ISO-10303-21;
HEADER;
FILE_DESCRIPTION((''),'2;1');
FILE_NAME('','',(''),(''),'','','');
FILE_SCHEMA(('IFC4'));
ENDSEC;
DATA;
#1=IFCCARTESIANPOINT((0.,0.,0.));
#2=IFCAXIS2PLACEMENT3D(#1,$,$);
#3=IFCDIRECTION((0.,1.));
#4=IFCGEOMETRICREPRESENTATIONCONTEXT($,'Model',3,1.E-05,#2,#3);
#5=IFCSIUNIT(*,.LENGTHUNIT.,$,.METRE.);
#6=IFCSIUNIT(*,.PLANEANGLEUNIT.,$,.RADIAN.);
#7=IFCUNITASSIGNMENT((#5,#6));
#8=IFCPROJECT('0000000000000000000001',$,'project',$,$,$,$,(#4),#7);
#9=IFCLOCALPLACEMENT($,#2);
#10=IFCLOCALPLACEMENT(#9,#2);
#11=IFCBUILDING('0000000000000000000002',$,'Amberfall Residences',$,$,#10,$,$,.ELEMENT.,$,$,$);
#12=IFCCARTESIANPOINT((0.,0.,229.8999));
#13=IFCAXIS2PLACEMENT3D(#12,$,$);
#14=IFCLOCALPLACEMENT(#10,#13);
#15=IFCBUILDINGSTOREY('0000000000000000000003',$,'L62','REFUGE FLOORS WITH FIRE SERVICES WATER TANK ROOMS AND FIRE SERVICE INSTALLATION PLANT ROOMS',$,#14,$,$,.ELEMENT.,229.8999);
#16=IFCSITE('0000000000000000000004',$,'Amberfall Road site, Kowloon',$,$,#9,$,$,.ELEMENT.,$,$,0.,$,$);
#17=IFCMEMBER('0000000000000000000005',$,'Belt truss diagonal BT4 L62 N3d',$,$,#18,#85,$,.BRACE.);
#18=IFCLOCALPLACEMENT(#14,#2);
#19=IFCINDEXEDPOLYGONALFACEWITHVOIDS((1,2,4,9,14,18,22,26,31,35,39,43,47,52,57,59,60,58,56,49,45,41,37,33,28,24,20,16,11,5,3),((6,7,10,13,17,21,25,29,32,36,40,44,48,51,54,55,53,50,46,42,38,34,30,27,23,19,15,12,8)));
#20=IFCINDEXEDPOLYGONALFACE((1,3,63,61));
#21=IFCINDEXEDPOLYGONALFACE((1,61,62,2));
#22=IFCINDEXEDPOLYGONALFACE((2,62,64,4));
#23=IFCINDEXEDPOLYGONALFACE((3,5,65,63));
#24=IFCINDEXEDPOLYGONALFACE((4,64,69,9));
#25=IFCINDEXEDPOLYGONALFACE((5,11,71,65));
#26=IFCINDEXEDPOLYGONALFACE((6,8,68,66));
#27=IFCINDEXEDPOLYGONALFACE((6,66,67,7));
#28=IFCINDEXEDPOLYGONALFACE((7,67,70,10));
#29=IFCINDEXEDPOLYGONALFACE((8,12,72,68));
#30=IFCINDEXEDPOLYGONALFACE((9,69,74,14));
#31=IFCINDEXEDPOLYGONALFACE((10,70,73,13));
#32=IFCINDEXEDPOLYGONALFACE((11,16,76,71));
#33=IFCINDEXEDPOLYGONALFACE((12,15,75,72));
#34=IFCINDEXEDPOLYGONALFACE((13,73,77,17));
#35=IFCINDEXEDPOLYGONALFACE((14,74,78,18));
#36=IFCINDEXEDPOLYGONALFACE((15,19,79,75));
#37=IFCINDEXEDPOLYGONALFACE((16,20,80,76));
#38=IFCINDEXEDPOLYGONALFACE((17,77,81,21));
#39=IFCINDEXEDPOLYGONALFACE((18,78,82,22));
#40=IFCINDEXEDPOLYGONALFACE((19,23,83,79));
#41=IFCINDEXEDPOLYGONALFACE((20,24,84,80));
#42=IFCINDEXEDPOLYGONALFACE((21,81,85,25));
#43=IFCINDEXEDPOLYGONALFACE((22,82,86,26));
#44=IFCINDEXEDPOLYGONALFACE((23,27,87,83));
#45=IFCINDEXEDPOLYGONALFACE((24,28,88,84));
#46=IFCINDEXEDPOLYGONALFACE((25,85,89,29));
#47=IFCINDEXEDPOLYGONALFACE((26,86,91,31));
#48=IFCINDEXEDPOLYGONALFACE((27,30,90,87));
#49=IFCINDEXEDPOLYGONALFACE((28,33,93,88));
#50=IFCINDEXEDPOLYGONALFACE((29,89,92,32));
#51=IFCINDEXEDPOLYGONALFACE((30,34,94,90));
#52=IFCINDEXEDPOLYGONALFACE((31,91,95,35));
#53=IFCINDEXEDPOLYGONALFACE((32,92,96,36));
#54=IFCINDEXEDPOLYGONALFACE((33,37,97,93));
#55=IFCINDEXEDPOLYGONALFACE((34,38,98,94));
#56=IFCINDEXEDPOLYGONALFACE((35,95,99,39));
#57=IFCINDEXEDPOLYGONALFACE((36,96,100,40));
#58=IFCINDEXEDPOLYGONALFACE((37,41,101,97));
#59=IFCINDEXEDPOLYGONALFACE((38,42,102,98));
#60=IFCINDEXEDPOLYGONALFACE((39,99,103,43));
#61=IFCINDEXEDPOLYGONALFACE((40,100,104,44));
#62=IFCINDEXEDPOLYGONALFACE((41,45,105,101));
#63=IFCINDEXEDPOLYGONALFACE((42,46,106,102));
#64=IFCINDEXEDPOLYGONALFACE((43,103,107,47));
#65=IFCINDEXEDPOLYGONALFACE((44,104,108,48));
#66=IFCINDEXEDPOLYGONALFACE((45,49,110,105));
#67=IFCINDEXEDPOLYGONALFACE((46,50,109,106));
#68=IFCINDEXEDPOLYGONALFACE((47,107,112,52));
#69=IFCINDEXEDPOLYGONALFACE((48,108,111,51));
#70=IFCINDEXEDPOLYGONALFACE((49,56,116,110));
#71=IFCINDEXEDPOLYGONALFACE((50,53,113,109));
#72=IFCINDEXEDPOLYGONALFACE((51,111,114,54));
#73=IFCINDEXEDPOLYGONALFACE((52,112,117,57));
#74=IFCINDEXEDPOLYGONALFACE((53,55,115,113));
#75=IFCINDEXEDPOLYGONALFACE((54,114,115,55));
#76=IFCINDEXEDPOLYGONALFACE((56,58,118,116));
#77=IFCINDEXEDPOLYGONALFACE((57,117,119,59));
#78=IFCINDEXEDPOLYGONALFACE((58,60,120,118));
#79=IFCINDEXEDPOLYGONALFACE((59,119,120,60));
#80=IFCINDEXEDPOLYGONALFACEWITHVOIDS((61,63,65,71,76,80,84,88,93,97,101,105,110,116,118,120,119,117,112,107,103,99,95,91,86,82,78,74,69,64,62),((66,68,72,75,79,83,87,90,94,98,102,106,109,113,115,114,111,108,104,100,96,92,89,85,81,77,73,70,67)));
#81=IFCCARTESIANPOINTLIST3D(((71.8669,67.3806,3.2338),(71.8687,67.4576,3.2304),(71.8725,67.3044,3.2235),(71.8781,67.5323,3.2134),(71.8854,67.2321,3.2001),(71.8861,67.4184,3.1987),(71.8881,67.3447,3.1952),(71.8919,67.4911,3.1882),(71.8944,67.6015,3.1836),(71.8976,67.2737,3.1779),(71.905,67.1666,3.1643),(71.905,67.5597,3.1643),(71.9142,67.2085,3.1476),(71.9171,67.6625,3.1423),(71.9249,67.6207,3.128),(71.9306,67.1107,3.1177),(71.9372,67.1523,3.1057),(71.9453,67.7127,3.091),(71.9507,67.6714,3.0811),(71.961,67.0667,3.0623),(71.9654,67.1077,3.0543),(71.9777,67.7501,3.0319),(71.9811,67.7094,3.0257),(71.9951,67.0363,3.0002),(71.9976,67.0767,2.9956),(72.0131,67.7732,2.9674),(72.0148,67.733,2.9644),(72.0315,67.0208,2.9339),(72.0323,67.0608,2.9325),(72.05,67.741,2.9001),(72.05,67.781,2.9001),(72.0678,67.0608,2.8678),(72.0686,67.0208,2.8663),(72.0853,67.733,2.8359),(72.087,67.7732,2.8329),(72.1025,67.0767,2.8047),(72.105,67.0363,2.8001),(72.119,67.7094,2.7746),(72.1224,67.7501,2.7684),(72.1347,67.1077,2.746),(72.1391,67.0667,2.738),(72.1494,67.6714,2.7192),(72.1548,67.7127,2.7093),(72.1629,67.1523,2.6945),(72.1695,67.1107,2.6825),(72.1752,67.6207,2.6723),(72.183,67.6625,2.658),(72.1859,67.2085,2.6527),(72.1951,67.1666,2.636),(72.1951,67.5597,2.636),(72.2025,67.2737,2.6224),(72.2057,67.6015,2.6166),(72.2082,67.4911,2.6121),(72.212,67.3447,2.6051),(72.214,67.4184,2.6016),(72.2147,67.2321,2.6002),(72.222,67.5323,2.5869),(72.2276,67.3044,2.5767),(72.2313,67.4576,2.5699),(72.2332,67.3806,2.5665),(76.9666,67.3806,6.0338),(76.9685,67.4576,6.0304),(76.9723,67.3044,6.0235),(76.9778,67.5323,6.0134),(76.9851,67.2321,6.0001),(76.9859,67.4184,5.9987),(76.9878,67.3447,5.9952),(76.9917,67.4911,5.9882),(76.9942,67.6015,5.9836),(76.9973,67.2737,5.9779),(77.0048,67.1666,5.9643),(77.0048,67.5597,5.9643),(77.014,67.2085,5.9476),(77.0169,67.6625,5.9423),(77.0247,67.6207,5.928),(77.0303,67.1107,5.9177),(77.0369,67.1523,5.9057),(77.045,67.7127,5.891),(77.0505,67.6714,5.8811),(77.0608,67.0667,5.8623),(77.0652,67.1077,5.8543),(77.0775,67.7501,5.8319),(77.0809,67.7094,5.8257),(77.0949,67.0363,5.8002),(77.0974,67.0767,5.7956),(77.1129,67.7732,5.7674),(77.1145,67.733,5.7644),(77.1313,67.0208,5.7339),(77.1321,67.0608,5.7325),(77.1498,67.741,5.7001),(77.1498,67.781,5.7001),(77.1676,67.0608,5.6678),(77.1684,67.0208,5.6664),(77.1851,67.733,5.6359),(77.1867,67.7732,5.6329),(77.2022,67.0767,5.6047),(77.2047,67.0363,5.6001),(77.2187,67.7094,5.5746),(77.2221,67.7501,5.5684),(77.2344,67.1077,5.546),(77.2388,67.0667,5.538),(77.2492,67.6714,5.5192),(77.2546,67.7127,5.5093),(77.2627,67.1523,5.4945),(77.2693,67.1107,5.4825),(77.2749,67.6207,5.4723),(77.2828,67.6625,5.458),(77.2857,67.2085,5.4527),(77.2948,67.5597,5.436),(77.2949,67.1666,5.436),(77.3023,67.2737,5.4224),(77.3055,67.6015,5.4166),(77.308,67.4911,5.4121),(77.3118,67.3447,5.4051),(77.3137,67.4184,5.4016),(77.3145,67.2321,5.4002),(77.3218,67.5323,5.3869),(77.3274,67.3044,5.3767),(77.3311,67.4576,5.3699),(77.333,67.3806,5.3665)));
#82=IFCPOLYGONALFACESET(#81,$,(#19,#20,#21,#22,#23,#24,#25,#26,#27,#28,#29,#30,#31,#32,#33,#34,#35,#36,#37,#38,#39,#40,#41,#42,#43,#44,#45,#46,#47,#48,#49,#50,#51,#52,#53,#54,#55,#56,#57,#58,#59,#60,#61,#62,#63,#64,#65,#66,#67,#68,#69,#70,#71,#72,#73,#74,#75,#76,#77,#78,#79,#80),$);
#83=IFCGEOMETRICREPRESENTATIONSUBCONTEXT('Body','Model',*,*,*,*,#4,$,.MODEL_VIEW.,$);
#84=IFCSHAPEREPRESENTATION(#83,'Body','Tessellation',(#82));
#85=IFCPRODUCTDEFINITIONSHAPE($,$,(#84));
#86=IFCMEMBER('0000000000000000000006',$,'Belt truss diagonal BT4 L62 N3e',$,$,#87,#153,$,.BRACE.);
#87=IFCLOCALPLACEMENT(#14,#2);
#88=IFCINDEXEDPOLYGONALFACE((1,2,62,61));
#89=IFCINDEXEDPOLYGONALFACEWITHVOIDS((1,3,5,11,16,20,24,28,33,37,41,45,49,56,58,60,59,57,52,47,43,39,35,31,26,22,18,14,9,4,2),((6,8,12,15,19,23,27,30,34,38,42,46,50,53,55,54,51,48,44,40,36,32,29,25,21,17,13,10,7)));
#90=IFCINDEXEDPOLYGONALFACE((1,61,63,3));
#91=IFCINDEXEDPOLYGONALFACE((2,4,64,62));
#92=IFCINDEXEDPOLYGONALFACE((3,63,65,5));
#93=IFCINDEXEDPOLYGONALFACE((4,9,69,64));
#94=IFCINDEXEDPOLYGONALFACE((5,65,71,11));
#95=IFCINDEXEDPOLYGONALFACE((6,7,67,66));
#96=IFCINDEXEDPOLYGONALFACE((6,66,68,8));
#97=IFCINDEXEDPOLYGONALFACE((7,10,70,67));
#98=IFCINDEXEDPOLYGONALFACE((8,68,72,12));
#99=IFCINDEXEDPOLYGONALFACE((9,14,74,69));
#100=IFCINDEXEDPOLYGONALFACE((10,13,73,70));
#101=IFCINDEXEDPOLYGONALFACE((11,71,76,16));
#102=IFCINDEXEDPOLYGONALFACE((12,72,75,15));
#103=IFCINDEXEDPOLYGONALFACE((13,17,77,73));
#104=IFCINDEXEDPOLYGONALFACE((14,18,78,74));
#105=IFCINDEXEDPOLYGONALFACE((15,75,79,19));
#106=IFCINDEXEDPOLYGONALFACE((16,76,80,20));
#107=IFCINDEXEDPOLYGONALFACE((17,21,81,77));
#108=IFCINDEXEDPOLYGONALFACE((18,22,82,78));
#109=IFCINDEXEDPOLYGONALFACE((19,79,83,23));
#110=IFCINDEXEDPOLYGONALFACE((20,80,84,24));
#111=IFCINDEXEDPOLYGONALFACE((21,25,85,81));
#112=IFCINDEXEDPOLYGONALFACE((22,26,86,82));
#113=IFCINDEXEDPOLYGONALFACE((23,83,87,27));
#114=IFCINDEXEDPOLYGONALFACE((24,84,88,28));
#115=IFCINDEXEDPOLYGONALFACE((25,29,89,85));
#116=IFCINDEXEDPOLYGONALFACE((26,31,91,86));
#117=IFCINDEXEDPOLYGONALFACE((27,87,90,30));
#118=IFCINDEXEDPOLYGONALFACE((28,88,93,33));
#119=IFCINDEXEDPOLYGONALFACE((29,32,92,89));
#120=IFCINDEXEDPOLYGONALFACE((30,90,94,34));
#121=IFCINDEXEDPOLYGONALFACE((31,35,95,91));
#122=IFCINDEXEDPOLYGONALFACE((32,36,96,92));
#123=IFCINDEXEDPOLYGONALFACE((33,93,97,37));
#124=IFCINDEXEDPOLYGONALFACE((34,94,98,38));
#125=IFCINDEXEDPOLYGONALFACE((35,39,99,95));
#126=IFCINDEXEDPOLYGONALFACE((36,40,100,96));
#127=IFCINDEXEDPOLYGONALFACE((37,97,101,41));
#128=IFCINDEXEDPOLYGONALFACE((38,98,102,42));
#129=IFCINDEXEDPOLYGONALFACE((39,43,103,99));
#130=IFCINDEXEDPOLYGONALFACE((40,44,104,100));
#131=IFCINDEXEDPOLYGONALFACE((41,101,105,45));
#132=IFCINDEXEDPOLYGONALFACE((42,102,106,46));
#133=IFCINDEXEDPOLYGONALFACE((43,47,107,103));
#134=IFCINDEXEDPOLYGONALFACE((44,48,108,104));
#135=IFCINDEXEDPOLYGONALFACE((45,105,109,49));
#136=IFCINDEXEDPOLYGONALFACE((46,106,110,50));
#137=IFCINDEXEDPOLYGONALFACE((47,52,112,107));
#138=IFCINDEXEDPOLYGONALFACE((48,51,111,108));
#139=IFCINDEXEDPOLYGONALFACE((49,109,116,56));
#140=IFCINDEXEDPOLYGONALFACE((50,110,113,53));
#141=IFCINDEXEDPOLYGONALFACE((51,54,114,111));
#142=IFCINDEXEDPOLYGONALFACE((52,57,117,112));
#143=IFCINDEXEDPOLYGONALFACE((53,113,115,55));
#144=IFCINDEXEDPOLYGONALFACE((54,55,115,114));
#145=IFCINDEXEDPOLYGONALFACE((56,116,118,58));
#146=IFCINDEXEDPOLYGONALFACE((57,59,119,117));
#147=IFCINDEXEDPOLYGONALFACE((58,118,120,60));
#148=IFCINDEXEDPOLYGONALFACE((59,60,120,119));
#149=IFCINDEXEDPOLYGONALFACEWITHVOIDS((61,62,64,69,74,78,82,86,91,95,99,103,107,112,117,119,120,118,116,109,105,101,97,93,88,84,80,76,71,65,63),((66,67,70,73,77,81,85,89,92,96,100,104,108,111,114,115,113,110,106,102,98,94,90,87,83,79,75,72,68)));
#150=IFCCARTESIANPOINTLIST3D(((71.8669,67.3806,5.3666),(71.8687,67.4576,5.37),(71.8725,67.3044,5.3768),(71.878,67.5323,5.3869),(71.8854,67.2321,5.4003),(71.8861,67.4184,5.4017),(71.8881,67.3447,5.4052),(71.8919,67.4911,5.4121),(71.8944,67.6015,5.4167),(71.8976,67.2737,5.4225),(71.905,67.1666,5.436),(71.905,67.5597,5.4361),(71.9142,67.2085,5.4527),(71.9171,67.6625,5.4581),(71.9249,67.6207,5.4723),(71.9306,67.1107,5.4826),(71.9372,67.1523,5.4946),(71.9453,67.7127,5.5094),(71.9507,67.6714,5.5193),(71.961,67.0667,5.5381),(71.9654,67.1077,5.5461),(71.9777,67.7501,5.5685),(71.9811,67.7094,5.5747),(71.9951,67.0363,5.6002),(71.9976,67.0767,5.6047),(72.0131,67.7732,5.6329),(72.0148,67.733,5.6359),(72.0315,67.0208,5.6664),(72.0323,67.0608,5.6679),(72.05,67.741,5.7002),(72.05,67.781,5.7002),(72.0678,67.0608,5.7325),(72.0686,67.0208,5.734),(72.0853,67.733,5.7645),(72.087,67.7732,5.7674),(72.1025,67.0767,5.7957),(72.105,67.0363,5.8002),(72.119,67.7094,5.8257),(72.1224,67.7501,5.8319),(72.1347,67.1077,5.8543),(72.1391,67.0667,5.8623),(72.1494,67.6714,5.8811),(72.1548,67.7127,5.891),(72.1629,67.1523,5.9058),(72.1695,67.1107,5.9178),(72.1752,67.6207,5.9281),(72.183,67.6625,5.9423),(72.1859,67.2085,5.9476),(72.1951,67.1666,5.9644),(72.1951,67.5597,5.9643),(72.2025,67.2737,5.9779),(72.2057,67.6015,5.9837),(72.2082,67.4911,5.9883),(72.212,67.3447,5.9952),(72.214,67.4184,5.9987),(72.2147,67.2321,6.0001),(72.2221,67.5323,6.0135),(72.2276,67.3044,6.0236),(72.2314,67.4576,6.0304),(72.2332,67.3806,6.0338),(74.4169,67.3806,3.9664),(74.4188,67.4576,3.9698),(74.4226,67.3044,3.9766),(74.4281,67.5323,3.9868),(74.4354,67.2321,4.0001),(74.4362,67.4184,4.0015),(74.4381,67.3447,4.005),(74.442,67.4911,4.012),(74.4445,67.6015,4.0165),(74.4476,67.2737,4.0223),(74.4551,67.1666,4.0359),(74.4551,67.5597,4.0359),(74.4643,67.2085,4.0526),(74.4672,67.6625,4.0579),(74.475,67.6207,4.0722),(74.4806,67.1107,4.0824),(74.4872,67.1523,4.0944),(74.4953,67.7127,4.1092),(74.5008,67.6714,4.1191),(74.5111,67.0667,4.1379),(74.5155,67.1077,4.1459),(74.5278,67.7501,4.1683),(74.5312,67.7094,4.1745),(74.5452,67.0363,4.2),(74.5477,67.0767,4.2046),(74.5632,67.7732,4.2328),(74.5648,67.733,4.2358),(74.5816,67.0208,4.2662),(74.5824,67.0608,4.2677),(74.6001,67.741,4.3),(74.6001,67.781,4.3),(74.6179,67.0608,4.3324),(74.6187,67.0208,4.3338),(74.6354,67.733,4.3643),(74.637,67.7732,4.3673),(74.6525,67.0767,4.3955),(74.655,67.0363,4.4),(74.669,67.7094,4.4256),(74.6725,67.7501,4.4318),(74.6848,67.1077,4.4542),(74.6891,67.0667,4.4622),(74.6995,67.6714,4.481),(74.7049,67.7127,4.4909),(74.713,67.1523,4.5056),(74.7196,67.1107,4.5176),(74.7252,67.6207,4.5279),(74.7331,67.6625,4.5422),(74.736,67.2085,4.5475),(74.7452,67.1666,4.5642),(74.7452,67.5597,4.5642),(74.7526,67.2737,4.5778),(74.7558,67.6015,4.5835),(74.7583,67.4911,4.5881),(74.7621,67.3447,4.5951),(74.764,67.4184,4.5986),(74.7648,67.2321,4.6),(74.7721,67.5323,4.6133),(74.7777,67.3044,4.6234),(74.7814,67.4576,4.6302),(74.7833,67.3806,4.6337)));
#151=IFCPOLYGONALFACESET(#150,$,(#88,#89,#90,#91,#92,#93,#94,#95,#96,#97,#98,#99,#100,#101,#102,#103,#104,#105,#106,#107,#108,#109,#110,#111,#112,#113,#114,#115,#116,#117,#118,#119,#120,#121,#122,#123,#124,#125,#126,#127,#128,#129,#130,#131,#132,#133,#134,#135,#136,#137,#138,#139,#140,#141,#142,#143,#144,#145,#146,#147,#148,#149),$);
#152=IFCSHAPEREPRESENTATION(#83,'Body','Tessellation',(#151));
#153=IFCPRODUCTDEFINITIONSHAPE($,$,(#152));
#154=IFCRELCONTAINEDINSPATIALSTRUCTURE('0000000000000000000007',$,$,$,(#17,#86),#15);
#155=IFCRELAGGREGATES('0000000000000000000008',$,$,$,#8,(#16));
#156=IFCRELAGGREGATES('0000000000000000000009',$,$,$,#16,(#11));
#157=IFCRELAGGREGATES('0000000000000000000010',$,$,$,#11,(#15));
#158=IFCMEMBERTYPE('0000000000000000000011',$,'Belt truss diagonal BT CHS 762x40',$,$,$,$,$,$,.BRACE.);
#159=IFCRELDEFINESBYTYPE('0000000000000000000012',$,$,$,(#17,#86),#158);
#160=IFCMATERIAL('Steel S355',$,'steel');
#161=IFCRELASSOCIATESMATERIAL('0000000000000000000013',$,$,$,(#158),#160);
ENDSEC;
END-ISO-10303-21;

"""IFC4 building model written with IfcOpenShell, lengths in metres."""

from ifc_helpers import new_model, si_unit, direction, frame, origin, origin_2d, place, context, subcontext, project, spatial, hollow_circle, extrude, material, material_profile, profile_set, type_object, element, save


model = new_model("IFC4")

# Units and contexts
model_context = context("Model", 3, precision=1e-05, world=origin(), true_north=direction((0.0, 1.0)))
body_context = subcontext(model_context, "Body", "Model", "MODEL_VIEW")
ifc_project = project(units=[si_unit("LENGTHUNIT", "METRE"), si_unit("PLANEANGLEUNIT", "RADIAN")], contexts=[model_context])

# Site, building, storey
site_placement = place(None, origin())
site = spatial("IfcSite", under=ifc_project, at=site_placement, Name="Amberfall Road site, Kowloon", CompositionType="ELEMENT", RefElevation=0.0)
building_placement = place(site_placement, origin())
building = spatial("IfcBuilding", under=site, at=building_placement, Name="Amberfall Residences", CompositionType="ELEMENT")
storey_placement = place(building_placement, frame((0.0, 0.0, 229.8999)))
storey = spatial("IfcBuildingStorey", under=building, at=storey_placement, Name="L62", Description="REFUGE FLOORS WITH FIRE SERVICES WATER TANK ROOMS AND FIRE SERVICE INSTALLATION PLANT ROOMS", CompositionType="ELEMENT", Elevation=229.8999)

# Shared definitions
ifc_material_1 = material(Name="Steel S355", Category="steel")

# Members
ifc_material_profile_1 = material_profile(ifc_material_1, hollow_circle(Radius=0.3811, WallThickness=0.04, at=origin_2d()), Name="CHS 762x40")
ifc_profile_set_1 = profile_set([ifc_material_profile_1], Name="Steel S355")
member_type_1 = type_object("IfcMemberType", Name="Belt truss diagonal BT CHS 762x40", PredefinedType="BRACE", material=ifc_profile_set_1)
member_1_placement = place(storey_placement, frame((72.05, 67.3999, 2.9001), z_axis=(0.876569, 0.0, 0.481276), x_axis=(0.0, 1.0, 0.0)))
element("IfcMember", 1, at=member_1_placement, inside=storey, type_object=member_type_1, Name="Belt truss diagonal BT4 L62 N3d", PredefinedType="BRACE", context=body_context, shape_type="SweptSolid", body=[
    extrude(hollow_circle(Radius=0.3811, WallThickness=0.04, at=origin_2d()), origin(), (0.0, 0.0, 1.0), 5.8179),
])
member_2_placement = place(storey_placement, frame((72.05, 67.3999, 5.7002), z_axis=(0.876561, 0.0, -0.48129), x_axis=(0.0, 1.0, 0.0)))
element("IfcMember", 2, at=member_2_placement, inside=storey, type_object=member_type_1, Name="Belt truss diagonal BT4 L62 N3e", PredefinedType="BRACE", context=body_context, shape_type="SweptSolid", body=[
    extrude(hollow_circle(Radius=0.3811, WallThickness=0.04, at=origin_2d()), origin(), (0.0, 0.0, 1.0), 2.9092),
])

save(model, "model.ifc")
